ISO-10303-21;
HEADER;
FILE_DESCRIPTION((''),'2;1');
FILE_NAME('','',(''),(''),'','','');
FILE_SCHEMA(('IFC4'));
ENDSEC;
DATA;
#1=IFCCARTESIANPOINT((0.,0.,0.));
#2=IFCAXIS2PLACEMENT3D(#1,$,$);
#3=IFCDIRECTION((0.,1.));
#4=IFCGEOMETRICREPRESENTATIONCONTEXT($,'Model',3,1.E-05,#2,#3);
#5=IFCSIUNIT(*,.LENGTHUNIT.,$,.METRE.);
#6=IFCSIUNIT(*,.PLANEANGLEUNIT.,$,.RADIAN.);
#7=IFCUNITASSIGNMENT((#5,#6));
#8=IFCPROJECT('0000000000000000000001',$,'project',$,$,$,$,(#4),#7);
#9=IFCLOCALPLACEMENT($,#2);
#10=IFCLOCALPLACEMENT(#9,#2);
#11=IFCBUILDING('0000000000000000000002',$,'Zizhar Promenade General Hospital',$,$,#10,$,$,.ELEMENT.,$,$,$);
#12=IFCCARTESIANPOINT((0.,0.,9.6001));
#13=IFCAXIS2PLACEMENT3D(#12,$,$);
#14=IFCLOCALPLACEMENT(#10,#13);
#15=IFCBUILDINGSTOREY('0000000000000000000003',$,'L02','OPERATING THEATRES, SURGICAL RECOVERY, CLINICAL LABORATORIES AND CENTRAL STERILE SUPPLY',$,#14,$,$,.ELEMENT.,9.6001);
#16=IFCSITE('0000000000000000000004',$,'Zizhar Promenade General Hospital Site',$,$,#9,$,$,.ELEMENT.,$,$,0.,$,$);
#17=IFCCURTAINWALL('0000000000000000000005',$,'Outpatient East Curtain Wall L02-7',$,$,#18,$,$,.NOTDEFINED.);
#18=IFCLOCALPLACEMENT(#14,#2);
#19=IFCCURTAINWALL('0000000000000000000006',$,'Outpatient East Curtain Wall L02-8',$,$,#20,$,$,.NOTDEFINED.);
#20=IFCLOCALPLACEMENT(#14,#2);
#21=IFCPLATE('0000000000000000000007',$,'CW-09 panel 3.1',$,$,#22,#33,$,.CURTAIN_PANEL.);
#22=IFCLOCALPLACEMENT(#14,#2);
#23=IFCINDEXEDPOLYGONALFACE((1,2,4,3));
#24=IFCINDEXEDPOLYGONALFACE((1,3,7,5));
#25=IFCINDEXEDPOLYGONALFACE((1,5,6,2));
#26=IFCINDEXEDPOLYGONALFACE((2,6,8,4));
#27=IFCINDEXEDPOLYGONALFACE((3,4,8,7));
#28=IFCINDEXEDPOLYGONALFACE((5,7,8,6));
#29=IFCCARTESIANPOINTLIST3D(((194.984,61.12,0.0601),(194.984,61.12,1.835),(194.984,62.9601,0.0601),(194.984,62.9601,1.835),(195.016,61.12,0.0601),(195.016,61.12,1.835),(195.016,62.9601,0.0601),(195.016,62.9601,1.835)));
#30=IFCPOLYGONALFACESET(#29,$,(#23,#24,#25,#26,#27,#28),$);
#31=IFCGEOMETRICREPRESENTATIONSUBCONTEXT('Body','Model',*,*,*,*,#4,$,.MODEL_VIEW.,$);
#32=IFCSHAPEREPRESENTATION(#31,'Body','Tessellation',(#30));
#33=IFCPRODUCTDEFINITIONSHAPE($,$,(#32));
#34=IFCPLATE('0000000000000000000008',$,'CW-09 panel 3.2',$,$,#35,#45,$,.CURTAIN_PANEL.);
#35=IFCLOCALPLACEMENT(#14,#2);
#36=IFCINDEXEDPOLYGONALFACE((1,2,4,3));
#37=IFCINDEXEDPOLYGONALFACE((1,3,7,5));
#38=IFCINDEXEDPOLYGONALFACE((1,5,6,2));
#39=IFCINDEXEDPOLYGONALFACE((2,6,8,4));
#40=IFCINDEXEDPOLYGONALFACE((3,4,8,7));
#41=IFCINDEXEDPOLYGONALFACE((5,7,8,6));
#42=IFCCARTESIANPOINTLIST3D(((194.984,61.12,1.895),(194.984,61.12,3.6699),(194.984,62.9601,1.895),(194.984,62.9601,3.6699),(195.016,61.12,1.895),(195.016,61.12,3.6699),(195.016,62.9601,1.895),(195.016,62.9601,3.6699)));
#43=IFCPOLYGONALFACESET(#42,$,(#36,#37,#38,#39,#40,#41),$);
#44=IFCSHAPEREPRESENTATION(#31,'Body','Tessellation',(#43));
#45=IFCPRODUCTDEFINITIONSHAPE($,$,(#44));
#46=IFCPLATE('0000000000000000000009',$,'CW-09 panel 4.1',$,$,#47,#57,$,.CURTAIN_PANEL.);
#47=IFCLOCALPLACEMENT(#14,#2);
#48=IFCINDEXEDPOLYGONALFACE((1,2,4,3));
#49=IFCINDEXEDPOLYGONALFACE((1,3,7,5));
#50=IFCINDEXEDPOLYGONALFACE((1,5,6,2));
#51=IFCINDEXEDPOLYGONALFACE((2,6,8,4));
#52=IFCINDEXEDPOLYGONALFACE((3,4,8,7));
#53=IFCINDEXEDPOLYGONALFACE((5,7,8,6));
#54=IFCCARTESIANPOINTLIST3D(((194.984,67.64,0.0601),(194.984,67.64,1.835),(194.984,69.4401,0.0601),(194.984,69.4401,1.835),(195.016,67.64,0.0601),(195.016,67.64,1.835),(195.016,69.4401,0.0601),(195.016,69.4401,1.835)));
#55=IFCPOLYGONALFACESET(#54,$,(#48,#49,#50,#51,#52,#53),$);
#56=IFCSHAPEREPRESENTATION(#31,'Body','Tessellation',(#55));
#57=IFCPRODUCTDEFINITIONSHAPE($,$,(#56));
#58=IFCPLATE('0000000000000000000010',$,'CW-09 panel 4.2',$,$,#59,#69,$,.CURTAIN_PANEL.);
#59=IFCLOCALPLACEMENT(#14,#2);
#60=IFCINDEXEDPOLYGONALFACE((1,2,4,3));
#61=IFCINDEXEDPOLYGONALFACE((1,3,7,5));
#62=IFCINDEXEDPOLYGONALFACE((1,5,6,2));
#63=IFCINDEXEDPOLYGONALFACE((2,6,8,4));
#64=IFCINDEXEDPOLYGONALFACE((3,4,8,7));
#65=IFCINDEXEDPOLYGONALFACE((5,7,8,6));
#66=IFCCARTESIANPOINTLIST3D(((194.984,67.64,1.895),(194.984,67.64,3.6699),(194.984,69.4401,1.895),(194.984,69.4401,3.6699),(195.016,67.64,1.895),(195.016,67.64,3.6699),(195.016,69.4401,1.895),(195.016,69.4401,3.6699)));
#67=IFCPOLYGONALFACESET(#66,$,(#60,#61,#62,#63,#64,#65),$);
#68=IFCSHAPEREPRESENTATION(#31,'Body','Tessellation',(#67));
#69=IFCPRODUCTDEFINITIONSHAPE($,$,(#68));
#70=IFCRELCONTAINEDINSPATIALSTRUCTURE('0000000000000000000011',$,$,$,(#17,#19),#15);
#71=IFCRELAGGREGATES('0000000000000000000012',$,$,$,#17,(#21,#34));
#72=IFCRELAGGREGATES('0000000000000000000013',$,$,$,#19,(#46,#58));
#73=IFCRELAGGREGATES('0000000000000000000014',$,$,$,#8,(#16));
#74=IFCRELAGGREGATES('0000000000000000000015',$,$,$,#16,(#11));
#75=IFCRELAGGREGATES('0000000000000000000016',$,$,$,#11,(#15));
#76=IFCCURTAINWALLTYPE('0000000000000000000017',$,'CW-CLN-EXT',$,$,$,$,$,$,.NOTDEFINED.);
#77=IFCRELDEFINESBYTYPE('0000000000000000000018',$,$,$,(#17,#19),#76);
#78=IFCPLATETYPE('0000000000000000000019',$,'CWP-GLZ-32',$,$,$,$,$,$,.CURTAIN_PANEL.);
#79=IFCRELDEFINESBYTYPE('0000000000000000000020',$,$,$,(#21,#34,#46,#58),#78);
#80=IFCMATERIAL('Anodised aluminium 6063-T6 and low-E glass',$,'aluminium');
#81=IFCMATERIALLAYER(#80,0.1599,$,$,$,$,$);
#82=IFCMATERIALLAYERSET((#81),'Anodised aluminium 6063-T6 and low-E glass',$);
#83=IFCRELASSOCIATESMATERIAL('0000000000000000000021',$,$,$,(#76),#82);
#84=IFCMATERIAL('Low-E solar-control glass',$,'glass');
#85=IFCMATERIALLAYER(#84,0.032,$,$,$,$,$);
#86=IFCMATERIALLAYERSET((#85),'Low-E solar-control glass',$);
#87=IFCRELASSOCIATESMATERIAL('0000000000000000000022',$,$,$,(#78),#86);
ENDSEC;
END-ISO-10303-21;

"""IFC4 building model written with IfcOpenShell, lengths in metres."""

from ifc_helpers import new_model, si_unit, direction, frame, origin, origin_2d, place, context, subcontext, project, spatial, rectangle, extrude, material, layer, layer_set, type_object, element, aggregate, save


model = new_model("IFC4")

# Units and contexts
model_context = context("Model", 3, precision=1e-05, world=origin(), true_north=direction((0.0, 1.0)))
body_context = subcontext(model_context, "Body", "Model", "MODEL_VIEW")
ifc_project = project(units=[si_unit("LENGTHUNIT", "METRE"), si_unit("PLANEANGLEUNIT", "RADIAN")], contexts=[model_context])

# Site, building, storey
site_placement = place(None, origin())
site = spatial("IfcSite", under=ifc_project, at=site_placement, Name="Zizhar Promenade General Hospital Site", CompositionType="ELEMENT", RefElevation=0.0)
building_placement = place(site_placement, origin())
building = spatial("IfcBuilding", under=site, at=building_placement, Name="Zizhar Promenade General Hospital", CompositionType="ELEMENT")
storey_placement = place(building_placement, frame((0.0, 0.0, 9.6001)))
storey = spatial("IfcBuildingStorey", under=building, at=storey_placement, Name="L02", Description="OPERATING THEATRES, SURGICAL RECOVERY, CLINICAL LABORATORIES AND CENTRAL STERILE SUPPLY", CompositionType="ELEMENT", Elevation=9.6001)

# Curtain wall
ifc_material_1 = material(Name="Anodised aluminium 6063-T6 and low-E glass", Category="aluminium")
ifc_layer_1 = layer(ifc_material_1, 0.1599)
ifc_layer_set_1 = layer_set([ifc_layer_1], Name="Anodised aluminium 6063-T6 and low-E glass")
curtain_wall_type = type_object("IfcCurtainWallType", Name="CW-CLN-EXT", PredefinedType="NOTDEFINED", material=ifc_layer_set_1)
curtain_wall_1_placement = place(storey_placement, origin())
curtain_wall_1 = element("IfcCurtainWall", 1, at=curtain_wall_1_placement, inside=storey, type_object=curtain_wall_type, Name="Outpatient East Curtain Wall L02-7", PredefinedType="NOTDEFINED")

# Curtain wall
curtain_wall_2_placement = place(storey_placement, origin())
curtain_wall_2 = element("IfcCurtainWall", 2, at=curtain_wall_2_placement, inside=storey, type_object=curtain_wall_type, Name="Outpatient East Curtain Wall L02-8", PredefinedType="NOTDEFINED")

# Plates
ifc_material_2 = material(Name="Low-E solar-control glass", Category="glass")
ifc_layer_2 = layer(ifc_material_2, 0.032)
ifc_layer_set_2 = layer_set([ifc_layer_2], Name="Low-E solar-control glass")
plate_type = type_object("IfcPlateType", Name="CWP-GLZ-32", PredefinedType="CURTAIN_PANEL", material=ifc_layer_set_2)
plate_1_placement = place(storey_placement, frame((195.0, 62.04, 0.0601), z_axis=(0.0, 0.0, 1.0), x_axis=(0.0, -1.0, 0.0)))
plate_1 = element("IfcPlate", 3, at=plate_1_placement, type_object=plate_type, Name="CW-09 panel 3.1", PredefinedType="CURTAIN_PANEL", context=body_context, shape_type="SweptSolid", body=[
    extrude(rectangle(XDim=1.8401, YDim=0.032, at=origin_2d()), origin(), (0.0, 0.0, 1.0), 1.7749),
])
plate_2_placement = place(storey_placement, frame((195.0, 62.04, 1.895), z_axis=(0.0, 0.0, 1.0), x_axis=(0.0, -1.0, 0.0)))
plate_2 = element("IfcPlate", 4, at=plate_2_placement, type_object=plate_type, Name="CW-09 panel 3.2", PredefinedType="CURTAIN_PANEL", context=body_context, shape_type="SweptSolid", body=[
    extrude(rectangle(XDim=1.8401, YDim=0.032, at=origin_2d()), origin(), (0.0, 0.0, 1.0), 1.7749),
])
aggregate(curtain_wall_1, [plate_1, plate_2])
plate_3_placement = place(storey_placement, frame((195.0, 68.54, 0.0601), z_axis=(0.0, 0.0, 1.0), x_axis=(0.0, -1.0, 0.0)))
plate_3 = element("IfcPlate", 5, at=plate_3_placement, type_object=plate_type, Name="CW-09 panel 4.1", PredefinedType="CURTAIN_PANEL", context=body_context, shape_type="SweptSolid", body=[
    extrude(rectangle(XDim=1.8, YDim=0.032, at=origin_2d()), origin(), (0.0, 0.0, 1.0), 1.7749),
])
plate_4_placement = place(storey_placement, frame((195.0, 68.54, 1.895), z_axis=(0.0, 0.0, 1.0), x_axis=(0.0, -1.0, 0.0)))
plate_4 = element("IfcPlate", 6, at=plate_4_placement, type_object=plate_type, Name="CW-09 panel 4.2", PredefinedType="CURTAIN_PANEL", context=body_context, shape_type="SweptSolid", body=[
    extrude(rectangle(XDim=1.8, YDim=0.032, at=origin_2d()), origin(), (0.0, 0.0, 1.0), 1.7749),
])
aggregate(curtain_wall_2, [plate_3, plate_4])

save(model, "model.ifc")
